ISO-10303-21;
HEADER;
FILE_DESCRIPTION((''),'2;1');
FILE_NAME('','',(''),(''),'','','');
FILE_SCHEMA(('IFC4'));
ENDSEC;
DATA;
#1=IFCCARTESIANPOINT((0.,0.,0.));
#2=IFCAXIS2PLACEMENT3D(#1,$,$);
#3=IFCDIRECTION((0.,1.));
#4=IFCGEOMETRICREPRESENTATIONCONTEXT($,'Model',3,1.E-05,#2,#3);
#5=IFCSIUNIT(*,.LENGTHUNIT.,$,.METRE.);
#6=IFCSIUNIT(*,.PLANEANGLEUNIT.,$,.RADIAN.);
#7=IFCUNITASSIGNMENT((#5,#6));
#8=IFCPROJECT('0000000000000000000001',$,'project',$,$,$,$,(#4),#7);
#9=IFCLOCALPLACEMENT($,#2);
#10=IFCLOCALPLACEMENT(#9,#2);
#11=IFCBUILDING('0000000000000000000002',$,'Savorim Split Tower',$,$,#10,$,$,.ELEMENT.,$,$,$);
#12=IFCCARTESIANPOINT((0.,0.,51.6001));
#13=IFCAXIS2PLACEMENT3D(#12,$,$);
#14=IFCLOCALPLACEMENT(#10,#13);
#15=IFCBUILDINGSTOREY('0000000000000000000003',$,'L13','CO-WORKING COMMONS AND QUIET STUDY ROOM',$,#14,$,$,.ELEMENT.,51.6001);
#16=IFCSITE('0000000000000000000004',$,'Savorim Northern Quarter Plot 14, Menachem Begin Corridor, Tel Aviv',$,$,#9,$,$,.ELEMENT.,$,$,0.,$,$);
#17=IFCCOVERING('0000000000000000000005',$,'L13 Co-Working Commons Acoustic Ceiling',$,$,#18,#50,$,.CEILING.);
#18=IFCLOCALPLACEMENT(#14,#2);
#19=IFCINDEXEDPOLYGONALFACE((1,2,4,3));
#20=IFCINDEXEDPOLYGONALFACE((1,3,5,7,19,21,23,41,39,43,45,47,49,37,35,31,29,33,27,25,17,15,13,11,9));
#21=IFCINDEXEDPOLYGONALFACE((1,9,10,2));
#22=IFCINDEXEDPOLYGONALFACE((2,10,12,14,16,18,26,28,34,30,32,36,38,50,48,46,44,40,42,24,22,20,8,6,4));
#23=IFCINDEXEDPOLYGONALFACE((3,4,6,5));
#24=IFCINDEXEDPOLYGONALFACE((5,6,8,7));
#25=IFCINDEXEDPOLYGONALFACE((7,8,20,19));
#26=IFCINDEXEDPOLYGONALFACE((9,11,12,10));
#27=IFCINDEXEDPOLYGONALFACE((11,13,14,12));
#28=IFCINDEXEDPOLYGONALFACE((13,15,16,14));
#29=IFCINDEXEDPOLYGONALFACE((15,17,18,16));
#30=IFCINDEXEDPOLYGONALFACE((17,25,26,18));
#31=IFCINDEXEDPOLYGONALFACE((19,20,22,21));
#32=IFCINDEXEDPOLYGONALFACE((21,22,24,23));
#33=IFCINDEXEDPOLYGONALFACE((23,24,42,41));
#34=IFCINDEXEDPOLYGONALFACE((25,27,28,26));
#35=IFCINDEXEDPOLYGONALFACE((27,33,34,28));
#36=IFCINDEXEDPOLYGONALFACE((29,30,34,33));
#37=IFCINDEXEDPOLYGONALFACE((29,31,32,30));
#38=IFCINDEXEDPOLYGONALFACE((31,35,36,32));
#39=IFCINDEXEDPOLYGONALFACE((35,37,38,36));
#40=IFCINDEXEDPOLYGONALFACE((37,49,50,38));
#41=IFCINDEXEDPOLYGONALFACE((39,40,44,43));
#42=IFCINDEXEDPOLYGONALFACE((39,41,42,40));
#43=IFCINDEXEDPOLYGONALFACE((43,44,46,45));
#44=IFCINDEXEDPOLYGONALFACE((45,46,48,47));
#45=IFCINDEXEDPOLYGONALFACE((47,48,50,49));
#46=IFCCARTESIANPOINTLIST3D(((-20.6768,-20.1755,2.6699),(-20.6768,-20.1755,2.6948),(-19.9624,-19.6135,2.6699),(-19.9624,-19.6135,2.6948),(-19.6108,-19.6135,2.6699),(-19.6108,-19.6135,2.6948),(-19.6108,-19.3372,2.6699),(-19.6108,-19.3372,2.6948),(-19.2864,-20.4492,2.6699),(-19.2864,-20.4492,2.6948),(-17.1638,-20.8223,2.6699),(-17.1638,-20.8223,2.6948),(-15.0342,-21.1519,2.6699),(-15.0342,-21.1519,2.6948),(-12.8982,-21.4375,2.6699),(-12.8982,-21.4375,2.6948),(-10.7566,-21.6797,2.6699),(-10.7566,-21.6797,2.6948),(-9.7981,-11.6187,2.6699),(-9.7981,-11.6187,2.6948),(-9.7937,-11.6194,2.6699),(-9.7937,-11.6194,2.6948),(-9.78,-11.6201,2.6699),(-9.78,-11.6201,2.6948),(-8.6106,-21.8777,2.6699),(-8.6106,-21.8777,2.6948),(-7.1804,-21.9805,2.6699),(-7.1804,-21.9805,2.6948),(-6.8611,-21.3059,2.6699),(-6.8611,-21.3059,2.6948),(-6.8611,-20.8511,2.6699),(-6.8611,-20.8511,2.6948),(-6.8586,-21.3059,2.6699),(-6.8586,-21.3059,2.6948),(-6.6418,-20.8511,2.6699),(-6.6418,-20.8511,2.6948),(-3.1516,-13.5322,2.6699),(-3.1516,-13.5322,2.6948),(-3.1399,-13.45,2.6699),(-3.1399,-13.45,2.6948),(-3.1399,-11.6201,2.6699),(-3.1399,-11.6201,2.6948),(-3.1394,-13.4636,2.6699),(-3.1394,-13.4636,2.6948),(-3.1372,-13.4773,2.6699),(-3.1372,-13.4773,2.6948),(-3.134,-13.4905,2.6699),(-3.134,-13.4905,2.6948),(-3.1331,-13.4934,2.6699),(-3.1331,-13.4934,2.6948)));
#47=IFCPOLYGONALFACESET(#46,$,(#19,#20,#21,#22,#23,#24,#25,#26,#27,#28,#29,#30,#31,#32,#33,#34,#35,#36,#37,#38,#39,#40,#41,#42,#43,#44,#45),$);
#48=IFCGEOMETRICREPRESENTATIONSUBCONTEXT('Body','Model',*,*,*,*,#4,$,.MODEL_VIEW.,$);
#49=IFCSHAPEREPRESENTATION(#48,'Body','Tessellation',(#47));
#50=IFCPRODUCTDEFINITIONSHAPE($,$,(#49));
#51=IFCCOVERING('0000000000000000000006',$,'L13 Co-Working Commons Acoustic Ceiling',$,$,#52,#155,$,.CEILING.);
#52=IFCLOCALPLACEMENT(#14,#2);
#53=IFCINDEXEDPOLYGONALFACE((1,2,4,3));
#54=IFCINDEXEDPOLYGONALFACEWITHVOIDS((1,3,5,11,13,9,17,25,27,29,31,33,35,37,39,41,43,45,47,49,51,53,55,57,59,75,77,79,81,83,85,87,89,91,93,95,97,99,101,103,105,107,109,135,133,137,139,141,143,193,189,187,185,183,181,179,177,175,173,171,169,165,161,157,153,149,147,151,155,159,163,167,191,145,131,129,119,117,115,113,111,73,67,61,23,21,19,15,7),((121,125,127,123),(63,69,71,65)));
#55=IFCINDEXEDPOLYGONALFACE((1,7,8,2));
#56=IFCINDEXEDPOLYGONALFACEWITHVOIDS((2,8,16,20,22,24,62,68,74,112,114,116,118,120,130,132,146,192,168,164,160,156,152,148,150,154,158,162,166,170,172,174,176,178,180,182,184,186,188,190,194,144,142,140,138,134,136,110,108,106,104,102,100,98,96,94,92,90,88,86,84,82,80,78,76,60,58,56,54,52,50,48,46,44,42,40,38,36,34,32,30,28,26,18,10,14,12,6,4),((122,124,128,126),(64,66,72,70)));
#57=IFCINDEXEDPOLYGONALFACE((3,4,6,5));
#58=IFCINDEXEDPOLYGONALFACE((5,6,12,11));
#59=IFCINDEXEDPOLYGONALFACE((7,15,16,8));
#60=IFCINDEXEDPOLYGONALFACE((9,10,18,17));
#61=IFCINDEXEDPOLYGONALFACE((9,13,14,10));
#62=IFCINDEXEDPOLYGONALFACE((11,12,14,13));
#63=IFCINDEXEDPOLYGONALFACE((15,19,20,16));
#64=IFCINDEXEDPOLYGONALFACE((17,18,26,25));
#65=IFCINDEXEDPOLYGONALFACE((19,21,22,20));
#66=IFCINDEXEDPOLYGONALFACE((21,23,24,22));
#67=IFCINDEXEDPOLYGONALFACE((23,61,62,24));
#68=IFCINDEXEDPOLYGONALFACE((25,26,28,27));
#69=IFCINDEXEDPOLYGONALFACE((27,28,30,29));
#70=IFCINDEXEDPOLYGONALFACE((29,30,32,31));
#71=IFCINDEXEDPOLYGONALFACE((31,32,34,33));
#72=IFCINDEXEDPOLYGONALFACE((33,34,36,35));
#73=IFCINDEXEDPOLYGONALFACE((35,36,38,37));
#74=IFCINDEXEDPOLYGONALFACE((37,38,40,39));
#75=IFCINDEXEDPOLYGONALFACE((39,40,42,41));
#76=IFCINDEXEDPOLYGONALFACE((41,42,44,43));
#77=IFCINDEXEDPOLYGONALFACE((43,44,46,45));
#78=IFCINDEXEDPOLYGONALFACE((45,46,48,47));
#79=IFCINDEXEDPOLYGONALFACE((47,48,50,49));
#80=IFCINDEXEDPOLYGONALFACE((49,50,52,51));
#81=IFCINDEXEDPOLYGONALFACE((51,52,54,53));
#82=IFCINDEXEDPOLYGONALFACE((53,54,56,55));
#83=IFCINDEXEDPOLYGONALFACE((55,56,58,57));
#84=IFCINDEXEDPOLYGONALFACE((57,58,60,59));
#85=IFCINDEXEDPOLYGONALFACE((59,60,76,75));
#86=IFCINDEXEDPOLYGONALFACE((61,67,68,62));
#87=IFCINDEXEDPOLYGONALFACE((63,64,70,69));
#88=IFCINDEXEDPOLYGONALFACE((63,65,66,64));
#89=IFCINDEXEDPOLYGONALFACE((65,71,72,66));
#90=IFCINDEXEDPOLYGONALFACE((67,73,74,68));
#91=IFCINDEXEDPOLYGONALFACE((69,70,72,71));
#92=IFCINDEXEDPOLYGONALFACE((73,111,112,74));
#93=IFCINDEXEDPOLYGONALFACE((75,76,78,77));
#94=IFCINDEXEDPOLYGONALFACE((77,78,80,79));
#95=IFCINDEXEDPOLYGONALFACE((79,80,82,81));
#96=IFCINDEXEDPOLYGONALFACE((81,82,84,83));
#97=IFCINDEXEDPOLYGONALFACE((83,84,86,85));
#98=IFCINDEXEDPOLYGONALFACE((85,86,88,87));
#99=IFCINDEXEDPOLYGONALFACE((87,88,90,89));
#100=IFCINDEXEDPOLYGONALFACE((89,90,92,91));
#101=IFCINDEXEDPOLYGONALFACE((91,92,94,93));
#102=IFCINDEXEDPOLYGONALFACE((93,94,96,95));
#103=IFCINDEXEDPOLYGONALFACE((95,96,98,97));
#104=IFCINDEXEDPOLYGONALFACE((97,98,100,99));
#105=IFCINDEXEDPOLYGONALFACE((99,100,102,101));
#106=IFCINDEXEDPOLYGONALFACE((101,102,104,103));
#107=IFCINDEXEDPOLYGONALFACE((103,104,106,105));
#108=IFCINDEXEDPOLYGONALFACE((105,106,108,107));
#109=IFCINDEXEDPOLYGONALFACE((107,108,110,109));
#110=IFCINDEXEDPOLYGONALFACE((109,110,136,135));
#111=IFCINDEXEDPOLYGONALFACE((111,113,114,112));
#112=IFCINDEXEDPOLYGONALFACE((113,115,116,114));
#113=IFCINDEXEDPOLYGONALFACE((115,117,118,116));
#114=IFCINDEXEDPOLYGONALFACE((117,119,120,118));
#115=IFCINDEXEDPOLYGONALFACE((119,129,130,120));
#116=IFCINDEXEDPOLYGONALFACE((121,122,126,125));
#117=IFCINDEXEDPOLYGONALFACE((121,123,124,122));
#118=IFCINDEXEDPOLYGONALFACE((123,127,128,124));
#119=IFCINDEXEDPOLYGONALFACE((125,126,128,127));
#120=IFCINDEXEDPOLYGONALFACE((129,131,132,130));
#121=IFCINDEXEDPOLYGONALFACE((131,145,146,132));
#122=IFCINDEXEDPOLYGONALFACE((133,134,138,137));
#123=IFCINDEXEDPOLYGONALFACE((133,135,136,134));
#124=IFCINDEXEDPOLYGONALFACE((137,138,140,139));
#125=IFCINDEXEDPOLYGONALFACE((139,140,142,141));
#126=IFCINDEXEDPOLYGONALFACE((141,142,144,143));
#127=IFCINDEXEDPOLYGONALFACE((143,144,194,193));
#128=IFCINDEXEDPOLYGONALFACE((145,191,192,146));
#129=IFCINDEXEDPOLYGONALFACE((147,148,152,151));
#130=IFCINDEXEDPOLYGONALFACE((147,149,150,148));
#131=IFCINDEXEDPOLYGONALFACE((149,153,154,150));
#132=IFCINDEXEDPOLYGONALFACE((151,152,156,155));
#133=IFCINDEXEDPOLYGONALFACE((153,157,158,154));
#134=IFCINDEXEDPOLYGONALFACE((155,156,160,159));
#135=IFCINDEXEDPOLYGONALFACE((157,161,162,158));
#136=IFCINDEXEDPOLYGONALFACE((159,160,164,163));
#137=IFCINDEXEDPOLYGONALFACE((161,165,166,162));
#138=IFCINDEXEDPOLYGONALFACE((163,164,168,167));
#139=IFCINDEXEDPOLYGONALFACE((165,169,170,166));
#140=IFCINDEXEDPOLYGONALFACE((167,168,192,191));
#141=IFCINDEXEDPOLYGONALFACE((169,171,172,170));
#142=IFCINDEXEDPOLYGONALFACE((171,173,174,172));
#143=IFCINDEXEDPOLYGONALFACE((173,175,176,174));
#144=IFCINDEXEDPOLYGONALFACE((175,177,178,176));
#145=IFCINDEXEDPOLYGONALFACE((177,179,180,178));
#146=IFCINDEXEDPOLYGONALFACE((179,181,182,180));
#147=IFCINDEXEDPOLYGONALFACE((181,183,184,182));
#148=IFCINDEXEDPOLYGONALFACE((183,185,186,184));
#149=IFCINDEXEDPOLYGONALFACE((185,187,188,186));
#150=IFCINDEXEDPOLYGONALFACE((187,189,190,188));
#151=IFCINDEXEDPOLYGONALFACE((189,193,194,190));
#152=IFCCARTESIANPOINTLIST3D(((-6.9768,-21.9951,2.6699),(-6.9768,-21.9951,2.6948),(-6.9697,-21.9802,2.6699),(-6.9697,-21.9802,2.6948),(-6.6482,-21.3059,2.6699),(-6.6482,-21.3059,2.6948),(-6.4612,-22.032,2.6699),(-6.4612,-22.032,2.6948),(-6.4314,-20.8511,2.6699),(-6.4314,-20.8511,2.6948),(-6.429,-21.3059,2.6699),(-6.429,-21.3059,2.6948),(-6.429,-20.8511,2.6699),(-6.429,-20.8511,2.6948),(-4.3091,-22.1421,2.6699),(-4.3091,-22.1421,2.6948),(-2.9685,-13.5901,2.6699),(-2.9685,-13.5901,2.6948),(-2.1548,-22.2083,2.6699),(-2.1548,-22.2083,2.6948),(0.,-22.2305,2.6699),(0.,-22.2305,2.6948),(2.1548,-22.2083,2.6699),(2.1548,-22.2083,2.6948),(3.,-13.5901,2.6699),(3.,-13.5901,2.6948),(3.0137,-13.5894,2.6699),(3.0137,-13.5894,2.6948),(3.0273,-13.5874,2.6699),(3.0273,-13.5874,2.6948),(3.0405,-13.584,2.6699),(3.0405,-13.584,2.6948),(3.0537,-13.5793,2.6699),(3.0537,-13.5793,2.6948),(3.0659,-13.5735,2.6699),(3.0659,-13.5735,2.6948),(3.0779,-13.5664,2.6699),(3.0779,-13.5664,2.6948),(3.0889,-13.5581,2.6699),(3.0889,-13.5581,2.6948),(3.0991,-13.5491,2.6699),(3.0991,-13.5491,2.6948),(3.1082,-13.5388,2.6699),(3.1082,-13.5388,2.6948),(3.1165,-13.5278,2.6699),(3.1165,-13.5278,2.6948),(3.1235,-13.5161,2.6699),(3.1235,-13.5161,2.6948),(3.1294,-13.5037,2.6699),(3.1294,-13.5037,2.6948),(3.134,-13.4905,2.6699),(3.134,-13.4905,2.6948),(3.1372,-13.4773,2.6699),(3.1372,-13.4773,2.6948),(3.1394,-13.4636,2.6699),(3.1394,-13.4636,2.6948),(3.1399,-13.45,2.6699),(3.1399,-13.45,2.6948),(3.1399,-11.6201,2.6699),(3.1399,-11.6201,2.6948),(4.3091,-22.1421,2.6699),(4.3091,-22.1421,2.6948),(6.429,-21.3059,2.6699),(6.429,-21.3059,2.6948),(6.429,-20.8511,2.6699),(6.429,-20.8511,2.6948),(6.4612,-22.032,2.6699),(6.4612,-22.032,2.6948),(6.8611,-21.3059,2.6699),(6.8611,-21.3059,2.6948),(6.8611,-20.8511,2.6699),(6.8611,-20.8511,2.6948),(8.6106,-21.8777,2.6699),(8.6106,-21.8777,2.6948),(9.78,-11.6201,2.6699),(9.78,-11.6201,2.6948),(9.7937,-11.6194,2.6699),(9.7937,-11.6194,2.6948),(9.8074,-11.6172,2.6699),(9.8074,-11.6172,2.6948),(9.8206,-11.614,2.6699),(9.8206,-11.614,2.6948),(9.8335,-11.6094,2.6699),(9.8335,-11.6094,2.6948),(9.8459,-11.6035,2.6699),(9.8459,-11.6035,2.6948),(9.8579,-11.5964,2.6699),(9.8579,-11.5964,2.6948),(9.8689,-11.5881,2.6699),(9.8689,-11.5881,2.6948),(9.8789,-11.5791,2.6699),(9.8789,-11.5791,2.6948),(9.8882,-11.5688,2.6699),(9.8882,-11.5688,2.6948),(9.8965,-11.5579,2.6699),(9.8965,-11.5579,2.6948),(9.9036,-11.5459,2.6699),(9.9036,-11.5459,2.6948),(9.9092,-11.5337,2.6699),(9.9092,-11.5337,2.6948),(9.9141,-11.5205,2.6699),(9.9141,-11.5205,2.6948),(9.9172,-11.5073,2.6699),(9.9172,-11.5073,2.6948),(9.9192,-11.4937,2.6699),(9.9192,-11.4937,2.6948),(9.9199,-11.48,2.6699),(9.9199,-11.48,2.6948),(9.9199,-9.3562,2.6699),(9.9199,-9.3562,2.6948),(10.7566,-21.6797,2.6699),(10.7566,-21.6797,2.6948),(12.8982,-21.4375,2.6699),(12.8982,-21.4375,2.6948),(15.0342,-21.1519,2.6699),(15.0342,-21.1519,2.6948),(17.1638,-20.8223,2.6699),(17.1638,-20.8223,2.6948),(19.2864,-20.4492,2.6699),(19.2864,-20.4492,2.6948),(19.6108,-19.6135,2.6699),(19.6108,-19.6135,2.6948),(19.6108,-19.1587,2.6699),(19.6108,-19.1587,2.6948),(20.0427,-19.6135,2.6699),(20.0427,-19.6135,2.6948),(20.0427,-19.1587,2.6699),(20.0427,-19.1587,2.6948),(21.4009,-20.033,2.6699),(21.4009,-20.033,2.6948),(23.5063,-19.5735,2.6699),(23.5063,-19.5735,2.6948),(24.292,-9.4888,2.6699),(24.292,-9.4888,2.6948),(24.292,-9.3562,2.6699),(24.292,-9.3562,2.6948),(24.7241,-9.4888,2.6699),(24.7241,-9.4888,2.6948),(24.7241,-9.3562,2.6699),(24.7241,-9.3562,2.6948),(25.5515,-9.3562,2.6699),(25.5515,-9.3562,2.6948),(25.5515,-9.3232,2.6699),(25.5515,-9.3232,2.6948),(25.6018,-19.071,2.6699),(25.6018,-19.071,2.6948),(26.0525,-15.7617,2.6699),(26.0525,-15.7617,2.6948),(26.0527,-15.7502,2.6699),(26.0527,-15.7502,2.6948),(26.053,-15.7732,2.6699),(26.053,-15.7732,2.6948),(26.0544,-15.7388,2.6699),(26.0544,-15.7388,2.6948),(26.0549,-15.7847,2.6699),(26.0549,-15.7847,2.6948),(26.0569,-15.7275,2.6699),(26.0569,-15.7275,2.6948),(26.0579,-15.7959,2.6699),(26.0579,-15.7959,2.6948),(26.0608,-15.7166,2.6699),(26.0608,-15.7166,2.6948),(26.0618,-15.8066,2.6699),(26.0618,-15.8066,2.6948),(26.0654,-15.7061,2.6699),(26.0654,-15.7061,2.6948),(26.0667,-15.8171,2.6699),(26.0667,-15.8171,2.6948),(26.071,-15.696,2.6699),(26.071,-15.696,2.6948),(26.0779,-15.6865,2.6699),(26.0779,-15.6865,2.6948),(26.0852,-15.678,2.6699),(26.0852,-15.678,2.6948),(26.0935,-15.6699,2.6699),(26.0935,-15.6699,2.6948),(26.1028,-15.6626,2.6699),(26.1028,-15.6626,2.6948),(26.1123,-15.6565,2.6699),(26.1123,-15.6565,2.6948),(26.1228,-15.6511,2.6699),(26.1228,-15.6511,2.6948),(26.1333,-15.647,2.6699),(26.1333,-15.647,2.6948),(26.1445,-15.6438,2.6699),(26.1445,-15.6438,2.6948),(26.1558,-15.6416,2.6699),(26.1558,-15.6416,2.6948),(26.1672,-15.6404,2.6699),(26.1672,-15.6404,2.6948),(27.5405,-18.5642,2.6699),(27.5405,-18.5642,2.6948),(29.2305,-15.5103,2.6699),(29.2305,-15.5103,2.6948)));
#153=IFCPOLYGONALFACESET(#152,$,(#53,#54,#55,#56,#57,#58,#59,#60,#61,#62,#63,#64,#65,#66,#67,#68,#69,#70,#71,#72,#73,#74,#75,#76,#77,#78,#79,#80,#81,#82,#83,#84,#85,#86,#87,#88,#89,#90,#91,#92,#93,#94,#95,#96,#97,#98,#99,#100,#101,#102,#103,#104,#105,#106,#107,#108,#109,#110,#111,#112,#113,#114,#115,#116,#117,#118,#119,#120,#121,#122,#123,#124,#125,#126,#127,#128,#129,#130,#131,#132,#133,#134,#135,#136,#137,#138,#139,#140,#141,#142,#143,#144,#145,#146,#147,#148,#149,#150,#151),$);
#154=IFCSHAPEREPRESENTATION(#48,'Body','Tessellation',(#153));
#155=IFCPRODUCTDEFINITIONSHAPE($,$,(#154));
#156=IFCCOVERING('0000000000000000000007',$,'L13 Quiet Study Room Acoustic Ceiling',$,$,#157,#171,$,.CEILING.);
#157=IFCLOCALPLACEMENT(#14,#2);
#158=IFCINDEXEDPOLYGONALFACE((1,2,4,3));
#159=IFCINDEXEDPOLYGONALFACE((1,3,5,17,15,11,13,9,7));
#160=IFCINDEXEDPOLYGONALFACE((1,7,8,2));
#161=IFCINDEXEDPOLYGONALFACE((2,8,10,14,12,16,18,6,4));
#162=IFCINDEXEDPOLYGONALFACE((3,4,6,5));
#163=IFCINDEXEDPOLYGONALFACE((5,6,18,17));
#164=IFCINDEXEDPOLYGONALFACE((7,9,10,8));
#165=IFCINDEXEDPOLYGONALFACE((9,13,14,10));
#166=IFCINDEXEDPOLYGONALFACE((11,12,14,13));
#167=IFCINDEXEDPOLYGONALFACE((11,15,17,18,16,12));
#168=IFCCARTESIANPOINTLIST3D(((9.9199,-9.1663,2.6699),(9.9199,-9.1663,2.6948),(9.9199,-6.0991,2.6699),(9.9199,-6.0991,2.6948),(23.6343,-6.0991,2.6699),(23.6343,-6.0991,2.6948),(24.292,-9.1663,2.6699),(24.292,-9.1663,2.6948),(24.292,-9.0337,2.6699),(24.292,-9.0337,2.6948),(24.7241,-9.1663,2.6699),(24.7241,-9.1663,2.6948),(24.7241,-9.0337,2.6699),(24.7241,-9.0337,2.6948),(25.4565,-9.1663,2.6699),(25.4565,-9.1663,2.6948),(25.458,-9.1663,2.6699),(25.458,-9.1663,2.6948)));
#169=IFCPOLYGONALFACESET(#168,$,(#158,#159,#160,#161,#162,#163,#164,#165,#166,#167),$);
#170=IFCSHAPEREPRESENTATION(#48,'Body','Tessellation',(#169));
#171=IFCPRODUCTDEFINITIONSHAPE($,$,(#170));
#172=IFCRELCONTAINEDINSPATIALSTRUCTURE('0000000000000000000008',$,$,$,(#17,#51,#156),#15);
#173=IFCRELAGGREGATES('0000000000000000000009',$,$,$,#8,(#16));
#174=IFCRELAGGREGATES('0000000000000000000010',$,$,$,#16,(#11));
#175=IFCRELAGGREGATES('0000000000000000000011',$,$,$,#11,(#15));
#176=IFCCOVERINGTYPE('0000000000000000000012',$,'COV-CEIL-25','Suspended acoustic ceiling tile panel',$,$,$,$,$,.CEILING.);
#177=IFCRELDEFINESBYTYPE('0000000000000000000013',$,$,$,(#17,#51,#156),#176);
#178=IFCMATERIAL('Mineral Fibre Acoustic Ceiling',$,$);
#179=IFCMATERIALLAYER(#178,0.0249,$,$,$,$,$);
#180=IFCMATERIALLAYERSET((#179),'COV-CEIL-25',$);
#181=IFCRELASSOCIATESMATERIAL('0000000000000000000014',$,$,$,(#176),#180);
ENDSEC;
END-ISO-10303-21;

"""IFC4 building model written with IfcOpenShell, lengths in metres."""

from ifc_helpers import new_model, si_unit, direction, frame, origin, place, context, subcontext, project, spatial, polyline, outline, extrude, material, layer, layer_set, type_object, element, save


model = new_model("IFC4")

# Units and contexts
model_context = context("Model", 3, precision=1e-05, world=origin(), true_north=direction((0.0, 1.0)))
body_context = subcontext(model_context, "Body", "Model", "MODEL_VIEW")
ifc_project = project(units=[si_unit("LENGTHUNIT", "METRE"), si_unit("PLANEANGLEUNIT", "RADIAN")], contexts=[model_context])

# Site, building, storey
site_placement = place(None, origin())
site = spatial("IfcSite", under=ifc_project, at=site_placement, Name="Savorim Northern Quarter Plot 14, Menachem Begin Corridor, Tel Aviv", CompositionType="ELEMENT", RefElevation=0.0)
building_placement = place(site_placement, origin())
building = spatial("IfcBuilding", under=site, at=building_placement, Name="Savorim Split Tower", CompositionType="ELEMENT")
storey_placement = place(building_placement, frame((0.0, 0.0, 51.6001)))
storey = spatial("IfcBuildingStorey", under=building, at=storey_placement, Name="L13", Description="CO-WORKING COMMONS AND QUIET STUDY ROOM", CompositionType="ELEMENT", Elevation=51.6001)

# Coverings
ifc_material_1 = material(Name="Mineral Fibre Acoustic Ceiling")
ifc_layer_1 = layer(ifc_material_1, 0.0249)
ifc_layer_set_1 = layer_set([ifc_layer_1], Name="COV-CEIL-25")
covering_type_1 = type_object("IfcCoveringType", Name="COV-CEIL-25", Description="Suspended acoustic ceiling tile panel", PredefinedType="CEILING", material=ifc_layer_set_1)
covering_1_placement = place(storey_placement, frame((0.0, 0.0, 2.6699)))
element("IfcCovering", 1, at=covering_1_placement, inside=storey, type_object=covering_type_1, Name="L13 Co-Working Commons Acoustic Ceiling", PredefinedType="CEILING", context=body_context, shape_type="SweptSolid", body=[
    extrude(outline(polyline([(-15.0342, -21.1519), (-12.8982, -21.4375), (-10.7566, -21.6797), (-8.6106, -21.8777), (-7.1804, -21.9805), (-6.8586, -21.3059), (-6.8611, -21.3059), (-6.8611, -20.8511), (-6.6418, -20.8511), (-3.1516, -13.5322), (-3.1331, -13.4934), (-3.134, -13.4905), (-3.1372, -13.4773), (-3.1394, -13.4636), (-3.1399, -13.45), (-3.1399, -11.6201), (-9.78, -11.6201), (-9.7937, -11.6194), (-9.7981, -11.6187), (-19.6108, -19.3372), (-19.6108, -19.6135), (-19.9624, -19.6135), (-20.6768, -20.1755), (-19.2864, -20.4492), (-17.1638, -20.8223), (-15.0342, -21.1519)])), origin(), (0.0, 0.0, 1.0), 0.0249),
])
covering_2_placement = place(storey_placement, frame((0.0, 0.0, 2.6699)))
element("IfcCovering", 2, at=covering_2_placement, inside=storey, type_object=covering_type_1, Name="L13 Co-Working Commons Acoustic Ceiling", PredefinedType="CEILING", context=body_context, shape_type="SweptSolid", body=[
    extrude(outline(polyline([(26.1445, -15.6438), (26.1558, -15.6416), (26.1672, -15.6404), (29.2305, -15.5103), (25.5515, -9.3232), (25.5515, -9.3562), (24.7241, -9.3562), (24.7241, -9.4888), (24.292, -9.4888), (24.292, -9.3562), (9.9199, -9.3562), (9.9199, -11.48), (9.9192, -11.4937), (9.9172, -11.5073), (9.9141, -11.5205), (9.9092, -11.5337), (9.9036, -11.5459), (9.8965, -11.5579), (9.8882, -11.5688), (9.8789, -11.5791), (9.8689, -11.5881), (9.8579, -11.5964), (9.8459, -11.6035), (9.8335, -11.6094), (9.8206, -11.614), (9.8074, -11.6172), (9.7937, -11.6194), (9.78, -11.6201), (3.1399, -11.6201), (3.1399, -13.45), (3.1394, -13.4636), (3.1372, -13.4773), (3.134, -13.4905), (3.1294, -13.5037), (3.1235, -13.5161), (3.1165, -13.5278), (3.1082, -13.5388), (3.0991, -13.5491), (3.0889, -13.5581), (3.0779, -13.5664), (3.0659, -13.5735), (3.0537, -13.5793), (3.0405, -13.584), (3.0273, -13.5874), (3.0137, -13.5894), (3.0, -13.5901), (-2.9685, -13.5901), (-6.4314, -20.8511), (-6.429, -20.8511), (-6.429, -21.3059), (-6.6482, -21.3059), (-6.9697, -21.9802), (-6.9768, -21.9951), (-6.4612, -22.032), (-4.3091, -22.1421), (-2.1548, -22.2083), (0.0, -22.2305), (2.1548, -22.2083), (4.3091, -22.1421), (6.4612, -22.032), (8.6106, -21.8777), (10.7566, -21.6797), (12.8982, -21.4375), (15.0342, -21.1519), (17.1638, -20.8223), (19.2864, -20.4492), (21.4009, -20.033), (23.5063, -19.5735), (25.6018, -19.071), (27.5405, -18.5642), (26.0667, -15.8171), (26.0618, -15.8066), (26.0579, -15.7959), (26.0549, -15.7847), (26.053, -15.7732), (26.0525, -15.7617), (26.0527, -15.7502), (26.0544, -15.7388), (26.0569, -15.7275), (26.0608, -15.7166), (26.0654, -15.7061), (26.071, -15.696), (26.0779, -15.6865), (26.0852, -15.678), (26.0935, -15.6699), (26.1028, -15.6626), (26.1123, -15.6565), (26.1228, -15.6511), (26.1333, -15.647), (26.1445, -15.6438)]), holes=[polyline([(6.429, -21.3059), (6.8611, -21.3059), (6.8611, -20.8511), (6.429, -20.8511), (6.429, -21.3059)]), polyline([(20.0427, -19.6135), (20.0427, -19.1587), (19.6108, -19.1587), (19.6108, -19.6135), (20.0427, -19.6135)])]), origin(), (0.0, 0.0, 1.0), 0.0249),
])
covering_3_placement = place(storey_placement, frame((0.0, 0.0, 2.6699)))
element("IfcCovering", 3, at=covering_3_placement, inside=storey, type_object=covering_type_1, Name="L13 Quiet Study Room Acoustic Ceiling", PredefinedType="CEILING", context=body_context, shape_type="SweptSolid", body=[
    extrude(outline(polyline([(24.7241, -9.0337), (24.7241, -9.1663), (25.4565, -9.1663), (25.458, -9.1663), (23.6343, -6.0991), (9.9199, -6.0991), (9.9199, -9.1663), (24.292, -9.1663), (24.292, -9.0337), (24.7241, -9.0337)])), origin(), (0.0, 0.0, 1.0), 0.0249),
])

save(model, "model.ifc")
